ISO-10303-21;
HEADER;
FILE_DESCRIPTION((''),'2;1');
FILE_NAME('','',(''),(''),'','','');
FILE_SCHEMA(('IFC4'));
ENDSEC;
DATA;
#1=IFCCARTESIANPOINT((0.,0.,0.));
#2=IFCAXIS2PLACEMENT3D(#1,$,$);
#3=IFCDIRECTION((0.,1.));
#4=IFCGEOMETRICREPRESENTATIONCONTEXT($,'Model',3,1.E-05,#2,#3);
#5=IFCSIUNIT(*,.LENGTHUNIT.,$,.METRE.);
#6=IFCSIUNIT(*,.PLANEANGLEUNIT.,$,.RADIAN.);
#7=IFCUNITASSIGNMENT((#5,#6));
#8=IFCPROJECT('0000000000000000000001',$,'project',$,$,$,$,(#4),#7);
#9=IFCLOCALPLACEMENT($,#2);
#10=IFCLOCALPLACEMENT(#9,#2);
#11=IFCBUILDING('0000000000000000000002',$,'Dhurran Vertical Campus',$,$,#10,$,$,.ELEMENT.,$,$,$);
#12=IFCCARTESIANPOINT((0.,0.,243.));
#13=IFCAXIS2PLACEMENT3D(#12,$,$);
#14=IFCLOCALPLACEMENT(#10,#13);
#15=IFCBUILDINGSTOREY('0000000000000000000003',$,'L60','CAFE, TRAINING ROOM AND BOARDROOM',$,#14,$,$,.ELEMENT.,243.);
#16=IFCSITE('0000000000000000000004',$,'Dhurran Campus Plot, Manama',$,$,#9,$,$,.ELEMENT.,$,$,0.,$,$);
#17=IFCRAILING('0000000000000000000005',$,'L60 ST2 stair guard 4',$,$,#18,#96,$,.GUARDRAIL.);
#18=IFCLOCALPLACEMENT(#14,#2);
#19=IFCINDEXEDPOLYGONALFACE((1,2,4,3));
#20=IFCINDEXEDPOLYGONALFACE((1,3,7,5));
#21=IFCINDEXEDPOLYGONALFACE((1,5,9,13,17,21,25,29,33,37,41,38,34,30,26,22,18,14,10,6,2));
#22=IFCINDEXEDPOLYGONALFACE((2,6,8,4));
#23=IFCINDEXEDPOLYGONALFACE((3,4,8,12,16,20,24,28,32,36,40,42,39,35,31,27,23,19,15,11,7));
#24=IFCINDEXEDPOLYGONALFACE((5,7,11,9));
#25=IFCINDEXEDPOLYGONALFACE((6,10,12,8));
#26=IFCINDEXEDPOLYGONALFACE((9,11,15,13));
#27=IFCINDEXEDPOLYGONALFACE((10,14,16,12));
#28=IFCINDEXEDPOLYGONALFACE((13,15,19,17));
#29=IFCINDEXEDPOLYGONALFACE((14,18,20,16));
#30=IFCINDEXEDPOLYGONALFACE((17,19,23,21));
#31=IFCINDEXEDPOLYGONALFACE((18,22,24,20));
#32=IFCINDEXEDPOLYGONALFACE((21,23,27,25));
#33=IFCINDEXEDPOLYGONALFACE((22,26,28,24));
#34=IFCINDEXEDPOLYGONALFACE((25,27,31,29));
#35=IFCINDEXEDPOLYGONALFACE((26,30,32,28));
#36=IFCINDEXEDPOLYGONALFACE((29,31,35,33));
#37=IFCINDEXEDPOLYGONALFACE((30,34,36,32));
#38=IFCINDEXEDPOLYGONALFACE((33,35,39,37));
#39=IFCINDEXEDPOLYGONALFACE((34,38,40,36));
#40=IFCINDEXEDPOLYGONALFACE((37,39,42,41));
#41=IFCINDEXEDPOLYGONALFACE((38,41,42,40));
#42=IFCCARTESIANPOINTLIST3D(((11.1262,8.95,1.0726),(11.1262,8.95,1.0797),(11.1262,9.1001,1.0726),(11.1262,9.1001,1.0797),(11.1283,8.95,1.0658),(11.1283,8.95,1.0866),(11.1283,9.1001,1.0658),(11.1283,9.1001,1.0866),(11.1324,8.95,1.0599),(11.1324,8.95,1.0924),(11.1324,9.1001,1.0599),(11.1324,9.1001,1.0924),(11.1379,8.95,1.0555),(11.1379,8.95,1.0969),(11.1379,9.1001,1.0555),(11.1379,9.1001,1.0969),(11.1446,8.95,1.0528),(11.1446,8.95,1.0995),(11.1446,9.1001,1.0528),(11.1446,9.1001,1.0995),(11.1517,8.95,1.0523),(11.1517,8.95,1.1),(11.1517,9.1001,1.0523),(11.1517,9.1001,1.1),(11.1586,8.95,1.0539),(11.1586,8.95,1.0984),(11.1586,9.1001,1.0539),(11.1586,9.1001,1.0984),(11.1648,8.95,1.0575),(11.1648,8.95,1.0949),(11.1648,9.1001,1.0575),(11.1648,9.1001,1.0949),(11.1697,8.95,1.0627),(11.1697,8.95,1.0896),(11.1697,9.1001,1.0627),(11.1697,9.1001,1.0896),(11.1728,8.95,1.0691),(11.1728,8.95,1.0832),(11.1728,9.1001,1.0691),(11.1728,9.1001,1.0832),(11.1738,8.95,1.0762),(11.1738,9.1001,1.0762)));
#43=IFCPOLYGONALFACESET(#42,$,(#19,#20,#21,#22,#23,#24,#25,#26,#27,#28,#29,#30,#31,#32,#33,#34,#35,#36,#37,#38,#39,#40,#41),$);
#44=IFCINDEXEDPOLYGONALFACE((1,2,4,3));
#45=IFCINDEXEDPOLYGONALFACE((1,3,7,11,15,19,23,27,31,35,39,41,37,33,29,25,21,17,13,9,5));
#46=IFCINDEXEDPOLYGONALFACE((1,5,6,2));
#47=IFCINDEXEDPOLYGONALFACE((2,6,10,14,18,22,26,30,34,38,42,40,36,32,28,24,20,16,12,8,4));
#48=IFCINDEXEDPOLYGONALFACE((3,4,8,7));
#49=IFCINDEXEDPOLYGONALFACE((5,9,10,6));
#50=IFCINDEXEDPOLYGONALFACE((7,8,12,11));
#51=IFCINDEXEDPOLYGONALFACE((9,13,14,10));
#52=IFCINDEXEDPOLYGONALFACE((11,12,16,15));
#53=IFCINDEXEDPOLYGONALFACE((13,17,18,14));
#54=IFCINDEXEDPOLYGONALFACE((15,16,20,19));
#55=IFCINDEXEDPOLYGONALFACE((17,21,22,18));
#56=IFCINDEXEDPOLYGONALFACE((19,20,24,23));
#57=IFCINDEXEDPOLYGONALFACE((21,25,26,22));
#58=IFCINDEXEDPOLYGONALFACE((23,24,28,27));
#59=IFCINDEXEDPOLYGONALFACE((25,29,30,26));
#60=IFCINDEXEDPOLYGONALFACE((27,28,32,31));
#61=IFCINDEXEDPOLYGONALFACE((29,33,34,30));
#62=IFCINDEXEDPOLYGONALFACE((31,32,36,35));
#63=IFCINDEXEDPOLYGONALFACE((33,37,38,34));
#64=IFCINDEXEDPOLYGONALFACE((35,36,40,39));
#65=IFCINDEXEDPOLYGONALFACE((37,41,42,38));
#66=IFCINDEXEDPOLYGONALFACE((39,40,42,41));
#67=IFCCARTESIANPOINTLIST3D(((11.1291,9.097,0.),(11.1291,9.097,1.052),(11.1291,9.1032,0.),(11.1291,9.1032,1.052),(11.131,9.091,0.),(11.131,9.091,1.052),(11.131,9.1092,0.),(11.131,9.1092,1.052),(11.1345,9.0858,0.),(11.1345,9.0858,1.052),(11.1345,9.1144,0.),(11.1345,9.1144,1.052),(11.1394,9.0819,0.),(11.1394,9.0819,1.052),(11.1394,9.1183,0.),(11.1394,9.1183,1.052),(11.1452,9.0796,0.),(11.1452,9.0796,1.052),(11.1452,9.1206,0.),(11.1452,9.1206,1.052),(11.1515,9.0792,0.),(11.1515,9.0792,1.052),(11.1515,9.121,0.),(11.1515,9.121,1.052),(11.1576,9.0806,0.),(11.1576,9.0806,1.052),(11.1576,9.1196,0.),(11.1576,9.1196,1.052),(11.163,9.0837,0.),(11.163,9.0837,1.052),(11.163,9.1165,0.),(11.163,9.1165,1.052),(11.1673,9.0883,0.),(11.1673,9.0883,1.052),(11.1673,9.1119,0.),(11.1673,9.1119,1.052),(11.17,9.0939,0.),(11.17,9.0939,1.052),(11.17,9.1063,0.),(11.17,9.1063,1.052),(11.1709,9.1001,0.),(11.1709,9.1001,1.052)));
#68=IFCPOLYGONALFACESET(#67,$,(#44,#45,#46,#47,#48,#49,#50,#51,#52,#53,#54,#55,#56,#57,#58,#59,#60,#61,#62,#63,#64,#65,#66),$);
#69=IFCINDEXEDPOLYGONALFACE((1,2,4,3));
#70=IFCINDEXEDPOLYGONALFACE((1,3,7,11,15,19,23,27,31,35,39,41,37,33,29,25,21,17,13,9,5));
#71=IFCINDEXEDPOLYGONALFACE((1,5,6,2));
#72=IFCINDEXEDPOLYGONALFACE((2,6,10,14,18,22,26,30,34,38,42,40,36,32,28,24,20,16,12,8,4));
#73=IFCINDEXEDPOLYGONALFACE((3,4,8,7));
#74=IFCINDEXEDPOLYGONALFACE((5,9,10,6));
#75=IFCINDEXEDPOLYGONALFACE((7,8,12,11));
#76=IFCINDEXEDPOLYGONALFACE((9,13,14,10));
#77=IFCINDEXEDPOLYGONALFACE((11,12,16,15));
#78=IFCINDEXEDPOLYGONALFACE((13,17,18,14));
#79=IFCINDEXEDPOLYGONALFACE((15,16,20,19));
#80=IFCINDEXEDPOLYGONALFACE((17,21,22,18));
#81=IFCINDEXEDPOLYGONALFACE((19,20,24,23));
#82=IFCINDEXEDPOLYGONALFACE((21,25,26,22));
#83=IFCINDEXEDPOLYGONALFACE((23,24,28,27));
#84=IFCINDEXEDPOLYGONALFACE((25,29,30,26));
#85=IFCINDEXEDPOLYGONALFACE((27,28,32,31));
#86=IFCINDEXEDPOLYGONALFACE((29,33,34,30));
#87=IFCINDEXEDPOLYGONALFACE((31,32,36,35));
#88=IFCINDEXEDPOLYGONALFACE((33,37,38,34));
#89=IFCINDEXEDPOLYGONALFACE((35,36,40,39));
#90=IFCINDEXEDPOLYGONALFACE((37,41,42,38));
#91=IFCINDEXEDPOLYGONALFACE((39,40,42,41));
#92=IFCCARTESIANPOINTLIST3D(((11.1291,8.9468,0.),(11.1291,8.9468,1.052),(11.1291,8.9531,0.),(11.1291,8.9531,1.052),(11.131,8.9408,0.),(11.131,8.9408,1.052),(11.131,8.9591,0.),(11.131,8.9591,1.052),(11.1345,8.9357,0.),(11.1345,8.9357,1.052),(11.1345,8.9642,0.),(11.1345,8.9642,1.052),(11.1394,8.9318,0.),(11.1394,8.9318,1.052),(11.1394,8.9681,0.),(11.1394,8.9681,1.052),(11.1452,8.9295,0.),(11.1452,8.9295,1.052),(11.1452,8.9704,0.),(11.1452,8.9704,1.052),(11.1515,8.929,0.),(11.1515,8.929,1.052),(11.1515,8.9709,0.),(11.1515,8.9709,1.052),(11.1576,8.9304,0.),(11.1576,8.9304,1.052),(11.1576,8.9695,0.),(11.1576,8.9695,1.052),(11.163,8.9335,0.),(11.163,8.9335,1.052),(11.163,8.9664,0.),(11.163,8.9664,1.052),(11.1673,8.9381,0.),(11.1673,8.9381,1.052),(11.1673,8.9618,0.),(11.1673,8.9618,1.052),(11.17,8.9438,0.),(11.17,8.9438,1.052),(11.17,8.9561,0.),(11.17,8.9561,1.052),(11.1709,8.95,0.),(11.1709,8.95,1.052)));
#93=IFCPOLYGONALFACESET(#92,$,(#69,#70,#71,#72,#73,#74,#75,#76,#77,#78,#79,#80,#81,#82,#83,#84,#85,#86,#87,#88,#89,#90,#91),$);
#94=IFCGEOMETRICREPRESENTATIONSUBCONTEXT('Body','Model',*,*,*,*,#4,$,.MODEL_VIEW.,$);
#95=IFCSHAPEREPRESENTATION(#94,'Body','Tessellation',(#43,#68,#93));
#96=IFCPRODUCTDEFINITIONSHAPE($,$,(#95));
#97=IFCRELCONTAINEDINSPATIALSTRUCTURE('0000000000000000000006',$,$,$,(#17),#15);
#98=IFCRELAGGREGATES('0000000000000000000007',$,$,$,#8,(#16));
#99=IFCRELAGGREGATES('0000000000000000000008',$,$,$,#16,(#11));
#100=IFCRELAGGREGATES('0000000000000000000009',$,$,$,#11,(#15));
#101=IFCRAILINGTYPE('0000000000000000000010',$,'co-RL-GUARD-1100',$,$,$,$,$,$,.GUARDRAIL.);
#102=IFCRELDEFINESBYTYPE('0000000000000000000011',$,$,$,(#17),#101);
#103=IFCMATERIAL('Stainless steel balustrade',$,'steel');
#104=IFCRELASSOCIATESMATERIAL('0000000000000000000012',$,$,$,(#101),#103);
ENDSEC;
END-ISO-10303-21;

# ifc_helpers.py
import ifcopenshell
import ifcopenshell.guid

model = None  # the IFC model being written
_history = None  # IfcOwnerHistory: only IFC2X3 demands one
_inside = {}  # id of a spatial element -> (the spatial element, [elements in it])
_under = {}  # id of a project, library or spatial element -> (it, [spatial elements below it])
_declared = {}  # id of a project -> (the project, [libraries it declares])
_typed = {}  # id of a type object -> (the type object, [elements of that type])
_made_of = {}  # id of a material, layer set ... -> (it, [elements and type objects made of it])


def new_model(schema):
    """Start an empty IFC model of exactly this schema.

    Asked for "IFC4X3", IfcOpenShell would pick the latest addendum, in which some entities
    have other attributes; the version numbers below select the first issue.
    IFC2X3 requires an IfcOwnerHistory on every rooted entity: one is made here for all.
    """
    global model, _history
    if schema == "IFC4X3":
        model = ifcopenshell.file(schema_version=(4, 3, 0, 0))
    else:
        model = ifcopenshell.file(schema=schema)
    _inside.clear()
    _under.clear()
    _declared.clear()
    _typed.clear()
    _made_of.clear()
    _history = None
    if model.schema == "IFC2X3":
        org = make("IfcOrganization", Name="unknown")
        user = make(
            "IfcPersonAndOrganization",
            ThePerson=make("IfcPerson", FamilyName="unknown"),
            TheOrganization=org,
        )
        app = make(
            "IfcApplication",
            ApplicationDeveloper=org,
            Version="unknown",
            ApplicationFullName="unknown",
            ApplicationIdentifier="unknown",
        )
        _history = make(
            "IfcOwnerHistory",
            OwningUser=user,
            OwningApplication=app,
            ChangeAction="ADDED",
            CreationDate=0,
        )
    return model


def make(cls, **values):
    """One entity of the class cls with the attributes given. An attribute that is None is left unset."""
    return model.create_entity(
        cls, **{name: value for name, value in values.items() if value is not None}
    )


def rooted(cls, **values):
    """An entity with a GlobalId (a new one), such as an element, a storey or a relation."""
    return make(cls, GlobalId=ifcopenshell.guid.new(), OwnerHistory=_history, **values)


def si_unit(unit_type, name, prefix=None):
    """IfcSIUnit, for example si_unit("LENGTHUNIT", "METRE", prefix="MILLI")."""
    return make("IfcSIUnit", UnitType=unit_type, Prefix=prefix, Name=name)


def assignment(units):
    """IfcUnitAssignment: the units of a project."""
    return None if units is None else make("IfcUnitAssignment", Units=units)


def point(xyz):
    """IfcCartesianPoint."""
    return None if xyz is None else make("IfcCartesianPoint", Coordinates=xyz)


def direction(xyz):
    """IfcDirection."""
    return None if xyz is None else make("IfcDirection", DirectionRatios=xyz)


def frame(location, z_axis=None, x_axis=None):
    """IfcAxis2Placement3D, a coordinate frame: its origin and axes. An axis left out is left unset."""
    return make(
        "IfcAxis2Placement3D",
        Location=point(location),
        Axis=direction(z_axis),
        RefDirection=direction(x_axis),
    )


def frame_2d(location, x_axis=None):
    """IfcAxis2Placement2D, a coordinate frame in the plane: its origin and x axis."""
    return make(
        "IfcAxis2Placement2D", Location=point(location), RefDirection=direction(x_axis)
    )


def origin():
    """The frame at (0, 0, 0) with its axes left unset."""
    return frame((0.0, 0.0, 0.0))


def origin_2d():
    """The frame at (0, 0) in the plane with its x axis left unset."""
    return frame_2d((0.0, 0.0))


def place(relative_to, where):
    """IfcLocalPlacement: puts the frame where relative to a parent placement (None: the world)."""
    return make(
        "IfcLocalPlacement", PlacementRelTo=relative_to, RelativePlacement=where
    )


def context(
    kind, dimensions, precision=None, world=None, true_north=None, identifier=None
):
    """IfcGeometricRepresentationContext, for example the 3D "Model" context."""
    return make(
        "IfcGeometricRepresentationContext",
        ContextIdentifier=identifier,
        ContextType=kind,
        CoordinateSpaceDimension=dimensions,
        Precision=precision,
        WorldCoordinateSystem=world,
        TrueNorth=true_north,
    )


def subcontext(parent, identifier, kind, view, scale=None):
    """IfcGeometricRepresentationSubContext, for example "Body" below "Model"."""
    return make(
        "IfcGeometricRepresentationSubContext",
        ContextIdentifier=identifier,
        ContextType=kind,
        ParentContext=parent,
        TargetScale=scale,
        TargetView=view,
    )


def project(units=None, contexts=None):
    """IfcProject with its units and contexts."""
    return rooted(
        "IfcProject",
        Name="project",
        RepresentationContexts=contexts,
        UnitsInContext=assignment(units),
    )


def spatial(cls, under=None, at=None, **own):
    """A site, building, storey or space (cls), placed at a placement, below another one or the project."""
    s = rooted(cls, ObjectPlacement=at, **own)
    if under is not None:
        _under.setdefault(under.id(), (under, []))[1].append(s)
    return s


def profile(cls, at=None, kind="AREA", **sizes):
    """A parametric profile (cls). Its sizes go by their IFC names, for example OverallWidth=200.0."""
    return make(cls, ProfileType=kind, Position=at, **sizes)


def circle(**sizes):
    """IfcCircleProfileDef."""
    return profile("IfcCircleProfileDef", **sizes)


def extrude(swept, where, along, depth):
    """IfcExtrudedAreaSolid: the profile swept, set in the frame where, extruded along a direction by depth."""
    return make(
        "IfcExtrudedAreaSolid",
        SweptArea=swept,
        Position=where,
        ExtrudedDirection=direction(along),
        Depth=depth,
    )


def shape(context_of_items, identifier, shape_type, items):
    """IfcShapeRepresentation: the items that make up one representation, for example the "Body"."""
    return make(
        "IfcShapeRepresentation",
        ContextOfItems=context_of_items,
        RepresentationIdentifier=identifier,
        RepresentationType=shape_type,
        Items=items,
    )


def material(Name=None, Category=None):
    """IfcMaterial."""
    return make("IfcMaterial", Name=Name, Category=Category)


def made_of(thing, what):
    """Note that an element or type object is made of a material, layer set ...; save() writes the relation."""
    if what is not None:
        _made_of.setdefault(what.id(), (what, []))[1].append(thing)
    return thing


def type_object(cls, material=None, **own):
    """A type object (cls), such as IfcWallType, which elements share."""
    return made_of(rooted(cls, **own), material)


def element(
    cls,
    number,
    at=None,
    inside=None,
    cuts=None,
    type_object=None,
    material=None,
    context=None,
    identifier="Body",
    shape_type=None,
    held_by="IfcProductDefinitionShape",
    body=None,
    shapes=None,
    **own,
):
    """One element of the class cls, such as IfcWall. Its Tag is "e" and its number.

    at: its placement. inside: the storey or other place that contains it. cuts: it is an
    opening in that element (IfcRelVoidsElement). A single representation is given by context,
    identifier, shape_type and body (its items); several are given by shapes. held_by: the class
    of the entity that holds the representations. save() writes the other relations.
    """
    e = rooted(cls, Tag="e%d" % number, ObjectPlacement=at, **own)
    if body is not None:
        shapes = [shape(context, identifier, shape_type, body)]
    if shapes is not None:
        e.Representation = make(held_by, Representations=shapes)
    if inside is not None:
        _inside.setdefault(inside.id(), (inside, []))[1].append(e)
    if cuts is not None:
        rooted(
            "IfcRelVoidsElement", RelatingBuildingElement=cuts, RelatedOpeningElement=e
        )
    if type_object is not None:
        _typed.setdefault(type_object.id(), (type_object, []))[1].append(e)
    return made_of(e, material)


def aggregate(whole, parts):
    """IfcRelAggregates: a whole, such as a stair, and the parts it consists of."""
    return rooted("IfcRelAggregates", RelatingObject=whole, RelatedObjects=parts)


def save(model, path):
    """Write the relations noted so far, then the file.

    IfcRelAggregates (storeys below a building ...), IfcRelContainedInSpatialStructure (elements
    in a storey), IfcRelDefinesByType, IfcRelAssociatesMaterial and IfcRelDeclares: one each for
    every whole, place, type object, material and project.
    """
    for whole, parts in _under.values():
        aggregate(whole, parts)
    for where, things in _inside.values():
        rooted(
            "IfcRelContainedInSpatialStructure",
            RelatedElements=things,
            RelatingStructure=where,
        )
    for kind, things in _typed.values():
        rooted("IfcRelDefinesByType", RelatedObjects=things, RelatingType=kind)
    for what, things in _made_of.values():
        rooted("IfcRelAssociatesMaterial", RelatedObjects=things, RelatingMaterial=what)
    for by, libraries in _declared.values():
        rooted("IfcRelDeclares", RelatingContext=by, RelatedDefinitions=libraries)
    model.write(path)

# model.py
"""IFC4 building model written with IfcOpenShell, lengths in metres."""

from ifc_helpers import new_model, si_unit, direction, frame, origin, origin_2d, place, context, subcontext, project, spatial, circle, extrude, material, type_object, element, save


model = new_model("IFC4")

# Units and contexts
model_context = context("Model", 3, precision=1e-05, world=origin(), true_north=direction((0.0, 1.0)))
body_context = subcontext(model_context, "Body", "Model", "MODEL_VIEW")
ifc_project = project(units=[si_unit("LENGTHUNIT", "METRE"), si_unit("PLANEANGLEUNIT", "RADIAN")], contexts=[model_context])

# Site, building, storey
site_placement = place(None, origin())
site = spatial("IfcSite", under=ifc_project, at=site_placement, Name="Dhurran Campus Plot, Manama", CompositionType="ELEMENT", RefElevation=0.0)
building_placement = place(site_placement, origin())
building = spatial("IfcBuilding", under=site, at=building_placement, Name="Dhurran Vertical Campus", CompositionType="ELEMENT")
storey_placement = place(building_placement, frame((0.0, 0.0, 243.0)))
storey = spatial("IfcBuildingStorey", under=building, at=storey_placement, Name="L60", Description="CAFE, TRAINING ROOM AND BOARDROOM", CompositionType="ELEMENT", Elevation=243.0)

# Railing
ifc_material_1 = material(Name="Stainless steel balustrade", Category="steel")
railing_type = type_object("IfcRailingType", Name="co-RL-GUARD-1100", PredefinedType="GUARDRAIL", material=ifc_material_1)
railing_1_placement = place(storey_placement, frame((11.1499, 9.1001, 0.0)))
element("IfcRailing", 1, at=railing_1_placement, inside=storey, type_object=railing_type, Name="L60 ST2 stair guard 4", PredefinedType="GUARDRAIL", context=body_context, shape_type="SweptSolid", body=[
    extrude(circle(Radius=0.0239, at=origin_2d()), frame((0.0, 0.0, 1.0762), z_axis=(0.0, -1.0, 0.0), x_axis=(1.0, 0.0, 0.0)), (0.0, 0.0, 1.0), 0.1501),
    extrude(circle(Radius=0.021, at=origin_2d()), origin(), (0.0, 0.0, 1.0), 1.052),
    extrude(circle(Radius=0.021, at=origin_2d()), frame((0.0, -0.1501, 0.0)), (0.0, 0.0, 1.0), 1.052),
])

save(model, "model.ifc")
